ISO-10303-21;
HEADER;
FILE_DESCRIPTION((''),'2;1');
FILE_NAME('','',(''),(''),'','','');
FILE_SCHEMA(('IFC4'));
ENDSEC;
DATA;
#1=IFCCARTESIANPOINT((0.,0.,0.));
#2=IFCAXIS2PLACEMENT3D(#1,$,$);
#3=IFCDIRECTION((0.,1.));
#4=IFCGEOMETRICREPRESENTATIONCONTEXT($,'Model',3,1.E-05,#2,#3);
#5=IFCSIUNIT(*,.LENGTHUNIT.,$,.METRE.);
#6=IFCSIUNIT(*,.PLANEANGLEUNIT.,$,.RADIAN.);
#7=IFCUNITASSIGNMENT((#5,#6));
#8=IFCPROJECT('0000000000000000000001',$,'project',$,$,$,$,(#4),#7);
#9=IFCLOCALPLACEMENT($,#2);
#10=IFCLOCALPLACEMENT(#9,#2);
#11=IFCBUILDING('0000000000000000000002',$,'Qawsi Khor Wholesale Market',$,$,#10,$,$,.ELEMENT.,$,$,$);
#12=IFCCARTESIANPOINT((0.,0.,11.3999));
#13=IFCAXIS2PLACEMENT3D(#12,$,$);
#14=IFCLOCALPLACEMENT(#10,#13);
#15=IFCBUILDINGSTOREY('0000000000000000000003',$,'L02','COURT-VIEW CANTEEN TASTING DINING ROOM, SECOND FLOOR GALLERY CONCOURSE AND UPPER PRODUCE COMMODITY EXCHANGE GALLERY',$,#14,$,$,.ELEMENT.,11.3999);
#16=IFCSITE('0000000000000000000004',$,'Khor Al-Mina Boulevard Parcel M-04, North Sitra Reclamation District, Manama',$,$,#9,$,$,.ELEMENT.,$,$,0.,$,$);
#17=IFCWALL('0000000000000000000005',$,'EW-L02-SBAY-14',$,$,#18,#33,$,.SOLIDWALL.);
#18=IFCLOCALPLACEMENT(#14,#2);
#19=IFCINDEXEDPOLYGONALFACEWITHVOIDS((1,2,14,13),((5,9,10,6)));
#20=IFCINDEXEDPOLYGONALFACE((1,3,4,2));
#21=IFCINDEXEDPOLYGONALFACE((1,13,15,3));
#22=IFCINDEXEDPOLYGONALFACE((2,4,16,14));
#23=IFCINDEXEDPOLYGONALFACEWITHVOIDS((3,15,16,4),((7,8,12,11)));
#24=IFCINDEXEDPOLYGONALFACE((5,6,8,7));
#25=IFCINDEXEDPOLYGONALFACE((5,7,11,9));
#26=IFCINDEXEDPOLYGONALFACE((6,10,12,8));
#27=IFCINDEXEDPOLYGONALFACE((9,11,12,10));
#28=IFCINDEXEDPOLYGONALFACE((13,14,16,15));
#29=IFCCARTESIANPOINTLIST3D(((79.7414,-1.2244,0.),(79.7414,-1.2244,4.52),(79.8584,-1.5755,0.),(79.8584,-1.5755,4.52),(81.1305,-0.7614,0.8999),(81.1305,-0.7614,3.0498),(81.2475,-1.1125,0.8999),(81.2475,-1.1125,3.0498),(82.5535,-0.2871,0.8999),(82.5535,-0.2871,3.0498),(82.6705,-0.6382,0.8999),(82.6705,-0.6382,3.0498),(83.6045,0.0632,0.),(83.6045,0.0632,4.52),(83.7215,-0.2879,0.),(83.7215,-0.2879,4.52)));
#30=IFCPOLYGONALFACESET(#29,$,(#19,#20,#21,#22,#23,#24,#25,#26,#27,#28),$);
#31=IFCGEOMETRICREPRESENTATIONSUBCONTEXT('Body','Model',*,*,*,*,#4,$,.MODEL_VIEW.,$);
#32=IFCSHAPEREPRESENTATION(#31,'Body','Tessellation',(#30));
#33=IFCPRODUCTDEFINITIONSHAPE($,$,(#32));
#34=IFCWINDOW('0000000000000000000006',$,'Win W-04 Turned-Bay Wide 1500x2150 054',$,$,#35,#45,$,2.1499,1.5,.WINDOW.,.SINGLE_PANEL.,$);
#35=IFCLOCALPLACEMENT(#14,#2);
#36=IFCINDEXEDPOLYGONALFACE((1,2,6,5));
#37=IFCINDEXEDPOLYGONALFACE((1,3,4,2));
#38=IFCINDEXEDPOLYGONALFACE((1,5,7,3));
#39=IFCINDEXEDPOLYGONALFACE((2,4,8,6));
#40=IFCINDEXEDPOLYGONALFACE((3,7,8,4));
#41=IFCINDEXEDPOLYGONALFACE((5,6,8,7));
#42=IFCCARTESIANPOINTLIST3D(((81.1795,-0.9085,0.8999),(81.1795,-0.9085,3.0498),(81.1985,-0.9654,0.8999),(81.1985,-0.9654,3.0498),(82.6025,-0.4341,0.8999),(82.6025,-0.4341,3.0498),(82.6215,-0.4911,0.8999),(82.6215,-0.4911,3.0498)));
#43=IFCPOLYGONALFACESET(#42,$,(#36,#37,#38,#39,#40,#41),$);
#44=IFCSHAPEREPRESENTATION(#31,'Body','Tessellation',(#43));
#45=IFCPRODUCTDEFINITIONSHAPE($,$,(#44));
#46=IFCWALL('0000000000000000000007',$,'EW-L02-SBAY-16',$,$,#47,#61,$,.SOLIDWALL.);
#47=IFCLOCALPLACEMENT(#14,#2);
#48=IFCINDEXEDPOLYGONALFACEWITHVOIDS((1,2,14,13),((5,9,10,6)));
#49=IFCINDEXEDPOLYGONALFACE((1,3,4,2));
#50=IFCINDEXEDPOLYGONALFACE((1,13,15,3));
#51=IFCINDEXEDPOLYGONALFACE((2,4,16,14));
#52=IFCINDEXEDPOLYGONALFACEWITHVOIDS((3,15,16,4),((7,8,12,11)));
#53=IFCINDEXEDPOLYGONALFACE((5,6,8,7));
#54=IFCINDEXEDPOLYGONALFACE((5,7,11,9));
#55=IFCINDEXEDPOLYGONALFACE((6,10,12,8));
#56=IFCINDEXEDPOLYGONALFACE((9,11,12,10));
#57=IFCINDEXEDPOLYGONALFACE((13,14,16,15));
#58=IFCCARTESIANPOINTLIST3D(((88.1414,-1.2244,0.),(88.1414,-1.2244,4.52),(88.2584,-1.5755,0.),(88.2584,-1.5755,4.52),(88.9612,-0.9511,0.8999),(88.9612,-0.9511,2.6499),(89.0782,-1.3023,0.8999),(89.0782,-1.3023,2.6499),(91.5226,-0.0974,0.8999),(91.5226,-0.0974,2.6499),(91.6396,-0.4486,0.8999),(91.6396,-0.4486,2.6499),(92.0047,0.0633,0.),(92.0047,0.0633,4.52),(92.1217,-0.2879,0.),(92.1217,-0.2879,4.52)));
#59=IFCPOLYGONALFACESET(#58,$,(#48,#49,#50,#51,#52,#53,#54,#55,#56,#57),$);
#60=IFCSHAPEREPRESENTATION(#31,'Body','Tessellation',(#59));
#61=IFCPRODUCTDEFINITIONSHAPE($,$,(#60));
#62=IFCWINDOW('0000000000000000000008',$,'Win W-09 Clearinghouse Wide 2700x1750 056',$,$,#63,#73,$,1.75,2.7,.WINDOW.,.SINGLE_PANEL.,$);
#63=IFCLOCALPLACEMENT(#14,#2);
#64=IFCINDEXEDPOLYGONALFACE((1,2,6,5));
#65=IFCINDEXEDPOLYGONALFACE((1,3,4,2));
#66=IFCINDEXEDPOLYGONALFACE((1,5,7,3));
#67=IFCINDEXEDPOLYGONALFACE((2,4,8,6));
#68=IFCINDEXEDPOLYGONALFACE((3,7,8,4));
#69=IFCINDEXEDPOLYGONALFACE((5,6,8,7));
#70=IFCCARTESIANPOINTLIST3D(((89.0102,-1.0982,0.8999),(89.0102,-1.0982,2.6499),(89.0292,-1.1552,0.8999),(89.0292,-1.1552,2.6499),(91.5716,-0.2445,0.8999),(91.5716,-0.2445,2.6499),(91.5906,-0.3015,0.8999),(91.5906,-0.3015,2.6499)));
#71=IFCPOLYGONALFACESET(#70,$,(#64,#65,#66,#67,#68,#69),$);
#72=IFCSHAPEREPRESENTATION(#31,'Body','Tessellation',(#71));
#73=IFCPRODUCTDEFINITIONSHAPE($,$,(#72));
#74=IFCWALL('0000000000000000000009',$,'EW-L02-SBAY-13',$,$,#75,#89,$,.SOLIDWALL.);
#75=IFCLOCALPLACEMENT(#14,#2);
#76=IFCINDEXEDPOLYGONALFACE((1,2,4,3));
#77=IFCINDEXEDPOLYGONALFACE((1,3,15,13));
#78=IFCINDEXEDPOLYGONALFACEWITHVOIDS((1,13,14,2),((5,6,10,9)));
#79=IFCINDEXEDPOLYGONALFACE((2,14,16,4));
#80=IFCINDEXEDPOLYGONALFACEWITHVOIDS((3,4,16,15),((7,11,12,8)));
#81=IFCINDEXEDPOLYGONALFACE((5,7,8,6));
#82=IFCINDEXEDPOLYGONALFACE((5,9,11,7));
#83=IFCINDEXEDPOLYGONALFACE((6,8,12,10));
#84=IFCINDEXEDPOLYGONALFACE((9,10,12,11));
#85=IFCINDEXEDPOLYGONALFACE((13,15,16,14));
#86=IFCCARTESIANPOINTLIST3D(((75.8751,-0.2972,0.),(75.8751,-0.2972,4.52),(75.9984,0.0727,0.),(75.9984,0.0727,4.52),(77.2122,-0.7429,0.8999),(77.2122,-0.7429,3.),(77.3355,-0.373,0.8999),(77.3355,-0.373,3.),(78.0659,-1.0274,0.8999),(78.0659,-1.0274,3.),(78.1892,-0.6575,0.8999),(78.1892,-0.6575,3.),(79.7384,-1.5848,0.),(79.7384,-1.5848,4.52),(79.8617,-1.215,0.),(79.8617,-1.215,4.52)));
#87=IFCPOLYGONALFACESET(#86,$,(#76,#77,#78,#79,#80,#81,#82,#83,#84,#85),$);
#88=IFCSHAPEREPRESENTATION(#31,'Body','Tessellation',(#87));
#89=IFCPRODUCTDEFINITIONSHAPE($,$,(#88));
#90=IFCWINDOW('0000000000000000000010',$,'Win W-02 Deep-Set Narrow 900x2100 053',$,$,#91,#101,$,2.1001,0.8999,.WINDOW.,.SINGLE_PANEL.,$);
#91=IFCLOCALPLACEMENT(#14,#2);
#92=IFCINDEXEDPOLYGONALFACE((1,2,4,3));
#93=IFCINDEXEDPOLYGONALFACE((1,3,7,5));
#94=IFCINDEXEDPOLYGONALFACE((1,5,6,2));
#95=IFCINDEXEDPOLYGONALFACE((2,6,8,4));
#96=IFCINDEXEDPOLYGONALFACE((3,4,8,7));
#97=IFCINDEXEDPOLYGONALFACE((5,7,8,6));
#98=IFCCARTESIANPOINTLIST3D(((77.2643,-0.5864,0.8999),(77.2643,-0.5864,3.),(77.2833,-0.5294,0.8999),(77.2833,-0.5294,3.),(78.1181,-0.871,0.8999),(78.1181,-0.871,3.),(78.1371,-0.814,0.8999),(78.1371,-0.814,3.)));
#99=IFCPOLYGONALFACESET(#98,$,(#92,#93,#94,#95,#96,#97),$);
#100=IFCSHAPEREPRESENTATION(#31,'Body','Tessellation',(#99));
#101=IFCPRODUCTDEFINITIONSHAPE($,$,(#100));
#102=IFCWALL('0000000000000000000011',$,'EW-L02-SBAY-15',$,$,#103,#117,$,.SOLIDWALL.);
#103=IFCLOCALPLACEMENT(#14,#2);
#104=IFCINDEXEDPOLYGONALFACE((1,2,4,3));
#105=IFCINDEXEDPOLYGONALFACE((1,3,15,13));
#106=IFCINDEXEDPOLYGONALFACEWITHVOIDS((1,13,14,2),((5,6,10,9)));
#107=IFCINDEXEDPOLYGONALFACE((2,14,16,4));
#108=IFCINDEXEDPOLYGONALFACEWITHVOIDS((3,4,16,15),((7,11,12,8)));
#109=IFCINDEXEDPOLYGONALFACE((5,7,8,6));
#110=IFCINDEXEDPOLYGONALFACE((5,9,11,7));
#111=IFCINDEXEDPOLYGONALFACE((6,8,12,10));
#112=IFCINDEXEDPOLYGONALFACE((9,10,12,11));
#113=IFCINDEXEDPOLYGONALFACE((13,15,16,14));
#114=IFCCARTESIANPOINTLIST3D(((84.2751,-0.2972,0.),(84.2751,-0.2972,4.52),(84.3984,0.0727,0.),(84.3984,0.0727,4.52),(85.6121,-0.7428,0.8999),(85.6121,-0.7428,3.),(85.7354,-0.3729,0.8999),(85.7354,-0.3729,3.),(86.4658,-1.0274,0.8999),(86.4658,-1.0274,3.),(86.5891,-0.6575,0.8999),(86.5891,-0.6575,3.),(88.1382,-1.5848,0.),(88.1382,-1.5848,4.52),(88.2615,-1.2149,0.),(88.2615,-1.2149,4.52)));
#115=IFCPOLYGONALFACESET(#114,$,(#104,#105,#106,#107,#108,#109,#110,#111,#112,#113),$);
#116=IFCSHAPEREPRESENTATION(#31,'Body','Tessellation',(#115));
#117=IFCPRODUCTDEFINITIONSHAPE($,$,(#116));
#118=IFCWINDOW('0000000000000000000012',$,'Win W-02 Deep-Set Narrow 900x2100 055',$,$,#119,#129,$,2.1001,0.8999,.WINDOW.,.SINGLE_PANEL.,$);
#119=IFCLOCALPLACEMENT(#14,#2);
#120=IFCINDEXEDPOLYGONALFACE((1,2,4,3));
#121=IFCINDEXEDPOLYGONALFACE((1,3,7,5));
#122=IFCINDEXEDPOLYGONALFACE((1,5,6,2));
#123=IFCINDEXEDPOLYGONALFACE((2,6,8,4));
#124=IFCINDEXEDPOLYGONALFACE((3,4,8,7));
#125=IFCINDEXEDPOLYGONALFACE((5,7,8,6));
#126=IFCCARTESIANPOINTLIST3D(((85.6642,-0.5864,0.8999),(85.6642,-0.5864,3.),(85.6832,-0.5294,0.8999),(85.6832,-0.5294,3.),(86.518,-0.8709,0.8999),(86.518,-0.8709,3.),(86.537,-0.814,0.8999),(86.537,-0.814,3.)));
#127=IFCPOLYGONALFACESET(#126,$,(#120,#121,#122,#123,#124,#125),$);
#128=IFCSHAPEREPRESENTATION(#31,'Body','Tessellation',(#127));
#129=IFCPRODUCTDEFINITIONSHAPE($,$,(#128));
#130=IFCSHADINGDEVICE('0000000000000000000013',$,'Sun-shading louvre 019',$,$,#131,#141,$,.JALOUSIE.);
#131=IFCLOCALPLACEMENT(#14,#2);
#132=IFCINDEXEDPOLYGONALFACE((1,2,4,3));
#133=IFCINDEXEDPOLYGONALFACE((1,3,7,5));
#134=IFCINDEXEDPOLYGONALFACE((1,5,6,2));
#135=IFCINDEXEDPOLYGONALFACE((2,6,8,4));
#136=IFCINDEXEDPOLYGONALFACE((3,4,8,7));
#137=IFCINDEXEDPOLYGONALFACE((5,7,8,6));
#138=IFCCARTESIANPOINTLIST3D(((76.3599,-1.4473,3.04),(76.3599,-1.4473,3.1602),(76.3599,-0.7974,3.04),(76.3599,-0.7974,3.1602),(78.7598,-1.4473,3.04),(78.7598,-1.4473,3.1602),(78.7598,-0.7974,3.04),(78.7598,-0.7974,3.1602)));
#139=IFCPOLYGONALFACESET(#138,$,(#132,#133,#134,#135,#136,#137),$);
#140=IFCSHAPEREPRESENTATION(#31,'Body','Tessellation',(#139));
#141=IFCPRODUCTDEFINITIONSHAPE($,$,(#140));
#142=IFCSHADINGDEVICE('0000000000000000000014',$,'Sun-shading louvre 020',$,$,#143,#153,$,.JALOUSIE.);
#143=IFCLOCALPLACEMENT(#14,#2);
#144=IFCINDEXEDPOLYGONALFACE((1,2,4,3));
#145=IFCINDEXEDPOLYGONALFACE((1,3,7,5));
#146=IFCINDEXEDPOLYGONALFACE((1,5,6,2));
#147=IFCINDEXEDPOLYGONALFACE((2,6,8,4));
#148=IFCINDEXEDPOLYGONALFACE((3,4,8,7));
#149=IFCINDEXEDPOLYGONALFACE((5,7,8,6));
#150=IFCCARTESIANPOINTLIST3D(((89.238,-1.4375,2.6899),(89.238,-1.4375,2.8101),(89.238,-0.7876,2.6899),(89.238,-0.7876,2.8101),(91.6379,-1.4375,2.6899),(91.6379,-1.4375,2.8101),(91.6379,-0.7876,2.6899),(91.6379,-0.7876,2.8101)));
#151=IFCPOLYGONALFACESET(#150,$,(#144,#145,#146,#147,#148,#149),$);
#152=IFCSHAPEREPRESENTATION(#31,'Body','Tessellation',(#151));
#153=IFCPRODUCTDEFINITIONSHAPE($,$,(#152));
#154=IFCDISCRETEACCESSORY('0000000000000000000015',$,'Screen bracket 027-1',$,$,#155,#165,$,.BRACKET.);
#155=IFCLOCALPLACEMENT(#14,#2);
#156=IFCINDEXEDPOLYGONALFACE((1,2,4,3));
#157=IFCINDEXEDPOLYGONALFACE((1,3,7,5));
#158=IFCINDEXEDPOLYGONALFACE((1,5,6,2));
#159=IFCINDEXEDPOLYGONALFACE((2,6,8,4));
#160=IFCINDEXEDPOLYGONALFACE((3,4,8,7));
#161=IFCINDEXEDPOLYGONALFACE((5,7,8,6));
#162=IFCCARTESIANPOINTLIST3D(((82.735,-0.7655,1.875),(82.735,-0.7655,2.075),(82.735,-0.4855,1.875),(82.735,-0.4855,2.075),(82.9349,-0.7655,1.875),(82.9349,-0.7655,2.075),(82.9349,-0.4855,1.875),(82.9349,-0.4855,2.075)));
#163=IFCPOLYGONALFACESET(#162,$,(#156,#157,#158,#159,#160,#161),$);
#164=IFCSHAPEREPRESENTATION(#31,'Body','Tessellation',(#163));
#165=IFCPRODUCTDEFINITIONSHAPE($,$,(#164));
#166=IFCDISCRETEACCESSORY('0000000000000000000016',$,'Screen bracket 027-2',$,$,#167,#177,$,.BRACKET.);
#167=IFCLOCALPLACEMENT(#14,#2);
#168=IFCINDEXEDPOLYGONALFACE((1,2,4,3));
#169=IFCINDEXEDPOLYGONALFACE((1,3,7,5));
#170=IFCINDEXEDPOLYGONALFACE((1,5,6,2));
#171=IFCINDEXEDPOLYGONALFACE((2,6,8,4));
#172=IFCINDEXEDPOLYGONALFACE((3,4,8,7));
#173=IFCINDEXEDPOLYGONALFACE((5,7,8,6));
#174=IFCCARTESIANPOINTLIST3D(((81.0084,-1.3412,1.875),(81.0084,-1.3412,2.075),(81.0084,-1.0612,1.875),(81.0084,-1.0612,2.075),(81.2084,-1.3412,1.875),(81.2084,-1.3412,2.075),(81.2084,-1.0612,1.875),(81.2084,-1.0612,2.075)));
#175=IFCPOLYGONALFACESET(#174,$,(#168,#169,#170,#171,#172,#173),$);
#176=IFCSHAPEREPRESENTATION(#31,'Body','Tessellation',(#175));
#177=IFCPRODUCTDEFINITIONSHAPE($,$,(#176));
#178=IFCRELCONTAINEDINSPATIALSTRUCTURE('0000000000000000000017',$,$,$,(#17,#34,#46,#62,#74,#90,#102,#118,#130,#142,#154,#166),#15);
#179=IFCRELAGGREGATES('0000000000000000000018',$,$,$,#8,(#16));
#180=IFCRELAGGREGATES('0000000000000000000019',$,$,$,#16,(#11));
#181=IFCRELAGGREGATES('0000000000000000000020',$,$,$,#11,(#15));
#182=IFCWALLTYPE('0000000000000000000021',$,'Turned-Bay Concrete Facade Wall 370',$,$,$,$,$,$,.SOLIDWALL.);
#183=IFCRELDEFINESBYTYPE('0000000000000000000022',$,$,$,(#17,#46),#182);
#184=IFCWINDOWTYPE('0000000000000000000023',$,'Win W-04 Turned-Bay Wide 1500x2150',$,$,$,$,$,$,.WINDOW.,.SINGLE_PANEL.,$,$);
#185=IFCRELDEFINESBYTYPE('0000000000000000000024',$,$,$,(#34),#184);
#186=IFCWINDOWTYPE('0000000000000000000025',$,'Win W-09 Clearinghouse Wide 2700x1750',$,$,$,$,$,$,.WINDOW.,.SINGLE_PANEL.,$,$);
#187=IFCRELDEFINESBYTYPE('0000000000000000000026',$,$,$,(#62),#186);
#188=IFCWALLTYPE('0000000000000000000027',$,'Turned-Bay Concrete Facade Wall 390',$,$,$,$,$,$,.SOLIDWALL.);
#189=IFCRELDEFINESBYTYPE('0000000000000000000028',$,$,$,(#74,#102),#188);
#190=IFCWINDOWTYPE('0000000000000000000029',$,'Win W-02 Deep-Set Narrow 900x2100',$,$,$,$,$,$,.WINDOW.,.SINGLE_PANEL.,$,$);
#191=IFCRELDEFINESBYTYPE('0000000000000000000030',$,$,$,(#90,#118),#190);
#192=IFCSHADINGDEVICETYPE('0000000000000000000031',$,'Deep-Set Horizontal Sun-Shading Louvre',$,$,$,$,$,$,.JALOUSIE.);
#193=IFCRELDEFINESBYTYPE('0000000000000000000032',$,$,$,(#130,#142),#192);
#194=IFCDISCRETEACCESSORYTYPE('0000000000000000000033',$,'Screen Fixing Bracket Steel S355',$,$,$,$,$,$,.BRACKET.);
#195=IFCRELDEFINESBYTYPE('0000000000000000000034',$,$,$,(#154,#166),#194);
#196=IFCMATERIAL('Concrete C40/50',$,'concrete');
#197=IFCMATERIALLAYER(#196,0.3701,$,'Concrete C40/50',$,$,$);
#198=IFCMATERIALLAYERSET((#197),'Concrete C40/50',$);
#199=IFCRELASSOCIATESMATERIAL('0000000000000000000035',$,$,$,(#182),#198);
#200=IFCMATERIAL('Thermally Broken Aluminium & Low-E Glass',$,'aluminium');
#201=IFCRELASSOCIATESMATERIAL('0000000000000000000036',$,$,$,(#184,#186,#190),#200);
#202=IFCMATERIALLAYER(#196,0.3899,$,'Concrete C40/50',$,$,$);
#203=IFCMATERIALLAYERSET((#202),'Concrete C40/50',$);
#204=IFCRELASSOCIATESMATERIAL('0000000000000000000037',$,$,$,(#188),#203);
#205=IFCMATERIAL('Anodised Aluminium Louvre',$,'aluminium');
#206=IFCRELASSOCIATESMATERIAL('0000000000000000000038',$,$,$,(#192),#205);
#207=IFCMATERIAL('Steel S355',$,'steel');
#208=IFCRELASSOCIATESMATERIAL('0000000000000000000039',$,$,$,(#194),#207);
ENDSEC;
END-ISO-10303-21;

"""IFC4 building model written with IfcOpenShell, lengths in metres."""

from ifc_helpers import new_model, si_unit, direction, frame, frame_2d, origin, origin_2d, place, context, subcontext, project, spatial, rectangle, extrude, material, layer, layer_set, type_object, element, fill, save


model = new_model("IFC4")

# Units and contexts
model_context = context("Model", 3, precision=1e-05, world=origin(), true_north=direction((0.0, 1.0)))
body_context = subcontext(model_context, "Body", "Model", "MODEL_VIEW")
ifc_project = project(units=[si_unit("LENGTHUNIT", "METRE"), si_unit("PLANEANGLEUNIT", "RADIAN")], contexts=[model_context])

# Site, building, storey
site_placement = place(None, origin())
site = spatial("IfcSite", under=ifc_project, at=site_placement, Name="Khor Al-Mina Boulevard Parcel M-04, North Sitra Reclamation District, Manama", CompositionType="ELEMENT", RefElevation=0.0)
building_placement = place(site_placement, origin())
building = spatial("IfcBuilding", under=site, at=building_placement, Name="Qawsi Khor Wholesale Market", CompositionType="ELEMENT")
storey_placement = place(building_placement, frame((0.0, 0.0, 11.3999)))
storey = spatial("IfcBuildingStorey", under=building, at=storey_placement, Name="L02", Description="COURT-VIEW CANTEEN TASTING DINING ROOM, SECOND FLOOR GALLERY CONCOURSE AND UPPER PRODUCE COMMODITY EXCHANGE GALLERY", CompositionType="ELEMENT", Elevation=11.3999)

# Shared definitions
ifc_material_1 = material(Name="Steel S355", Category="steel")

# Shared definitions
ifc_material_2 = material(Name="Concrete C40/50", Category="concrete")

# Walls, openings, windows
ifc_layer_1 = layer(ifc_material_2, 0.3701, Name="Concrete C40/50")
ifc_layer_set_1 = layer_set([ifc_layer_1], Name="Concrete C40/50")
wall_type_1 = type_object("IfcWallType", Name="Turned-Bay Concrete Facade Wall 370", PredefinedType="SOLIDWALL", material=ifc_layer_set_1)
wall_1_placement = place(storey_placement, frame((83.6631, -0.1123, 0.0), z_axis=(0.0, 0.0, 1.0), x_axis=(-0.948689, -0.31621, 0.0)))
wall_1 = element("IfcWall", 1, at=wall_1_placement, inside=storey, type_object=wall_type_1, Name="EW-L02-SBAY-14", PredefinedType="SOLIDWALL", context=body_context, shape_type="SweptSolid", body=[
    extrude(rectangle(XDim=4.072, YDim=0.3701, at=frame_2d((2.0361, 0.0))), origin(), (0.0, 0.0, 1.0), 4.52),
])
opening_1_placement = place(wall_1_placement, frame((1.1079, 0.0, 0.8999)))
opening_1 = element("IfcOpeningElement", 2, at=opening_1_placement, cuts=wall_1, PredefinedType="OPENING", context=body_context, shape_type="SweptSolid", body=[
    extrude(rectangle(XDim=1.5, YDim=2.1499, at=frame_2d((0.75, 1.075))), frame((0.0, 0.1951, 0.0), z_axis=(0.0, -1.0, 0.0), x_axis=(1.0, 0.0, 0.0)), (0.0, 0.0, 1.0), 0.3901),
])
ifc_material_3 = material(Name="Thermally Broken Aluminium & Low-E Glass", Category="aluminium")
window_type_1 = type_object("IfcWindowType", Name="Win W-04 Turned-Bay Wide 1500x2150", PartitioningType="SINGLE_PANEL", PredefinedType="WINDOW", material=ifc_material_3)
window_1_placement = place(opening_1_placement, origin())
window_1 = element("IfcWindow", 3, at=window_1_placement, inside=storey, type_object=window_type_1, Name="Win W-04 Turned-Bay Wide 1500x2150 054", OverallHeight=2.1499, OverallWidth=1.5, PartitioningType="SINGLE_PANEL", PredefinedType="WINDOW", context=body_context, shape_type="SweptSolid", body=[
    extrude(rectangle(XDim=1.5, YDim=2.1499, at=frame_2d((0.75, 1.075))), frame((0.0, 0.03, 0.0), z_axis=(0.0, -1.0, 0.0), x_axis=(1.0, 0.0, 0.0)), (0.0, 0.0, 1.0), 0.0601),
])
fill(opening_1, window_1)
wall_2_placement = place(storey_placement, frame((92.0632, -0.1123, 0.0), z_axis=(0.0, 0.0, 1.0), x_axis=(-0.948695, -0.316192, 0.0)))
wall_2 = element("IfcWall", 4, at=wall_2_placement, inside=storey, type_object=wall_type_1, Name="EW-L02-SBAY-16", PredefinedType="SOLIDWALL", context=body_context, shape_type="SweptSolid", body=[
    extrude(rectangle(XDim=4.0723, YDim=0.3701, at=frame_2d((2.0361, 0.0))), origin(), (0.0, 0.0, 1.0), 4.52),
])
opening_2_placement = place(wall_2_placement, frame((0.5081, 0.0, 0.8999)))
opening_2 = element("IfcOpeningElement", 5, at=opening_2_placement, cuts=wall_2, PredefinedType="OPENING", context=body_context, shape_type="SweptSolid", body=[
    extrude(rectangle(XDim=2.7, YDim=1.75, at=frame_2d((1.3501, 0.875))), frame((0.0, 0.1951, 0.0), z_axis=(0.0, -1.0, 0.0), x_axis=(1.0, 0.0, 0.0)), (0.0, 0.0, 1.0), 0.3901),
])
window_type_2 = type_object("IfcWindowType", Name="Win W-09 Clearinghouse Wide 2700x1750", PartitioningType="SINGLE_PANEL", PredefinedType="WINDOW", material=ifc_material_3)
window_2_placement = place(opening_2_placement, origin())
window_2 = element("IfcWindow", 6, at=window_2_placement, inside=storey, type_object=window_type_2, Name="Win W-09 Clearinghouse Wide 2700x1750 056", OverallHeight=1.75, OverallWidth=2.7, PartitioningType="SINGLE_PANEL", PredefinedType="WINDOW", context=body_context, shape_type="SweptSolid", body=[
    extrude(rectangle(XDim=2.7, YDim=1.75, at=frame_2d((1.3501, 0.875))), frame((0.0, 0.03, 0.0), z_axis=(0.0, -1.0, 0.0), x_axis=(1.0, 0.0, 0.0)), (0.0, 0.0, 1.0), 0.0601),
])
fill(opening_2, window_2)
ifc_layer_2 = layer(ifc_material_2, 0.3899, Name="Concrete C40/50")
ifc_layer_set_2 = layer_set([ifc_layer_2], Name="Concrete C40/50")
wall_type_2 = type_object("IfcWallType", Name="Turned-Bay Concrete Facade Wall 390", PredefinedType="SOLIDWALL", material=ifc_layer_set_2)
wall_3_placement = place(storey_placement, frame((79.8, -1.3999, 0.0), z_axis=(0.0, 0.0, 1.0), x_axis=(-0.948695, 0.316192, 0.0)))
wall_3 = element("IfcWall", 7, at=wall_3_placement, inside=storey, type_object=wall_type_2, Name="EW-L02-SBAY-13", PredefinedType="SOLIDWALL", context=body_context, shape_type="SweptSolid", body=[
    extrude(rectangle(XDim=4.0723, YDim=0.3899, at=frame_2d((2.0361, 0.0))), origin(), (0.0, 0.0, 1.0), 4.52),
])
opening_3_placement = place(wall_3_placement, frame((1.7629, 0.0, 0.8999)))
opening_3 = element("IfcOpeningElement", 8, at=opening_3_placement, cuts=wall_3, PredefinedType="OPENING", context=body_context, shape_type="SweptSolid", body=[
    extrude(rectangle(XDim=0.8999, YDim=2.1001, at=frame_2d((0.45, 1.05))), frame((0.0, 0.2048, 0.0), z_axis=(0.0, -1.0, 0.0), x_axis=(1.0, 0.0, 0.0)), (0.0, 0.0, 1.0), 0.4099),
])
window_type_3 = type_object("IfcWindowType", Name="Win W-02 Deep-Set Narrow 900x2100", PartitioningType="SINGLE_PANEL", PredefinedType="WINDOW", material=ifc_material_3)
window_3_placement = place(opening_3_placement, origin())
window_3 = element("IfcWindow", 9, at=window_3_placement, inside=storey, type_object=window_type_3, Name="Win W-02 Deep-Set Narrow 900x2100 053", OverallHeight=2.1001, OverallWidth=0.8999, PartitioningType="SINGLE_PANEL", PredefinedType="WINDOW", context=body_context, shape_type="SweptSolid", body=[
    extrude(rectangle(XDim=0.8999, YDim=2.1001, at=frame_2d((0.45, 1.05))), frame((0.0, 0.03, 0.0), z_axis=(0.0, -1.0, 0.0), x_axis=(1.0, 0.0, 0.0)), (0.0, 0.0, 1.0), 0.0601),
])
fill(opening_3, window_3)
wall_4_placement = place(storey_placement, frame((88.2, -1.3999, 0.0), z_axis=(0.0, 0.0, 1.0), x_axis=(-0.948689, 0.31621, 0.0)))
wall_4 = element("IfcWall", 10, at=wall_4_placement, inside=storey, type_object=wall_type_2, Name="EW-L02-SBAY-15", PredefinedType="SOLIDWALL", context=body_context, shape_type="SweptSolid", body=[
    extrude(rectangle(XDim=4.072, YDim=0.3899, at=frame_2d((2.0361, 0.0))), origin(), (0.0, 0.0, 1.0), 4.52),
])
opening_4_placement = place(wall_4_placement, frame((1.7629, 0.0, 0.8999)))
opening_4 = element("IfcOpeningElement", 11, at=opening_4_placement, cuts=wall_4, PredefinedType="OPENING", context=body_context, shape_type="SweptSolid", body=[
    extrude(rectangle(XDim=0.8999, YDim=2.1001, at=frame_2d((0.45, 1.05))), frame((0.0, 0.2048, 0.0), z_axis=(0.0, -1.0, 0.0), x_axis=(1.0, 0.0, 0.0)), (0.0, 0.0, 1.0), 0.4099),
])
window_4_placement = place(opening_4_placement, origin())
window_4 = element("IfcWindow", 12, at=window_4_placement, inside=storey, type_object=window_type_3, Name="Win W-02 Deep-Set Narrow 900x2100 055", OverallHeight=2.1001, OverallWidth=0.8999, PartitioningType="SINGLE_PANEL", PredefinedType="WINDOW", context=body_context, shape_type="SweptSolid", body=[
    extrude(rectangle(XDim=0.8999, YDim=2.1001, at=frame_2d((0.45, 1.05))), frame((0.0, 0.03, 0.0), z_axis=(0.0, -1.0, 0.0), x_axis=(1.0, 0.0, 0.0)), (0.0, 0.0, 1.0), 0.0601),
])
fill(opening_4, window_4)

# Shading devices
ifc_material_4 = material(Name="Anodised Aluminium Louvre", Category="aluminium")
shading_device_type = type_object("IfcShadingDeviceType", Name="Deep-Set Horizontal Sun-Shading Louvre", PredefinedType="JALOUSIE", material=ifc_material_4)
for number, where, z_axis, x_axis, name in (
    (13, (77.5598, -1.1223, 3.04), (0.0, 0.0, 1.0), (1.0, 0.0, 0.0), "Sun-shading louvre 019"),
    (14, (90.438, -1.1125, 2.6899), (0.0, 0.0, 1.0), (1.0, 0.0, 0.0), "Sun-shading louvre 020"),
):
    element("IfcShadingDevice", number, at=place(storey_placement, frame(where, z_axis=z_axis, x_axis=x_axis)), inside=storey, type_object=shading_device_type, Name=name, PredefinedType="JALOUSIE", context=body_context, shape_type="SweptSolid", body=[
        extrude(rectangle(XDim=2.3999, YDim=0.6499, at=origin_2d()), origin(), (0.0, 0.0, 1.0), 0.1201),
    ])

# Discrete accessories
discrete_accessory_type = type_object("IfcDiscreteAccessoryType", Name="Screen Fixing Bracket Steel S355", PredefinedType="BRACKET", material=ifc_material_1)
for number, where, z_axis, x_axis, name in (
    (15, (82.835, -0.6255, 1.875), (0.0, 0.0, 1.0), (1.0, 0.0, 0.0), "Screen bracket 027-1"),
    (16, (81.1084, -1.2012, 1.875), (0.0, 0.0, 1.0), (1.0, 0.0, 0.0), "Screen bracket 027-2"),
):
    element("IfcDiscreteAccessory", number, at=place(storey_placement, frame(where, z_axis=z_axis, x_axis=x_axis)), inside=storey, type_object=discrete_accessory_type, Name=name, PredefinedType="BRACKET", context=body_context, shape_type="SweptSolid", body=[
        extrude(rectangle(XDim=0.2, YDim=0.28, at=origin_2d()), origin(), (0.0, 0.0, 1.0), 0.2),
    ])

save(model, "model.ifc")
